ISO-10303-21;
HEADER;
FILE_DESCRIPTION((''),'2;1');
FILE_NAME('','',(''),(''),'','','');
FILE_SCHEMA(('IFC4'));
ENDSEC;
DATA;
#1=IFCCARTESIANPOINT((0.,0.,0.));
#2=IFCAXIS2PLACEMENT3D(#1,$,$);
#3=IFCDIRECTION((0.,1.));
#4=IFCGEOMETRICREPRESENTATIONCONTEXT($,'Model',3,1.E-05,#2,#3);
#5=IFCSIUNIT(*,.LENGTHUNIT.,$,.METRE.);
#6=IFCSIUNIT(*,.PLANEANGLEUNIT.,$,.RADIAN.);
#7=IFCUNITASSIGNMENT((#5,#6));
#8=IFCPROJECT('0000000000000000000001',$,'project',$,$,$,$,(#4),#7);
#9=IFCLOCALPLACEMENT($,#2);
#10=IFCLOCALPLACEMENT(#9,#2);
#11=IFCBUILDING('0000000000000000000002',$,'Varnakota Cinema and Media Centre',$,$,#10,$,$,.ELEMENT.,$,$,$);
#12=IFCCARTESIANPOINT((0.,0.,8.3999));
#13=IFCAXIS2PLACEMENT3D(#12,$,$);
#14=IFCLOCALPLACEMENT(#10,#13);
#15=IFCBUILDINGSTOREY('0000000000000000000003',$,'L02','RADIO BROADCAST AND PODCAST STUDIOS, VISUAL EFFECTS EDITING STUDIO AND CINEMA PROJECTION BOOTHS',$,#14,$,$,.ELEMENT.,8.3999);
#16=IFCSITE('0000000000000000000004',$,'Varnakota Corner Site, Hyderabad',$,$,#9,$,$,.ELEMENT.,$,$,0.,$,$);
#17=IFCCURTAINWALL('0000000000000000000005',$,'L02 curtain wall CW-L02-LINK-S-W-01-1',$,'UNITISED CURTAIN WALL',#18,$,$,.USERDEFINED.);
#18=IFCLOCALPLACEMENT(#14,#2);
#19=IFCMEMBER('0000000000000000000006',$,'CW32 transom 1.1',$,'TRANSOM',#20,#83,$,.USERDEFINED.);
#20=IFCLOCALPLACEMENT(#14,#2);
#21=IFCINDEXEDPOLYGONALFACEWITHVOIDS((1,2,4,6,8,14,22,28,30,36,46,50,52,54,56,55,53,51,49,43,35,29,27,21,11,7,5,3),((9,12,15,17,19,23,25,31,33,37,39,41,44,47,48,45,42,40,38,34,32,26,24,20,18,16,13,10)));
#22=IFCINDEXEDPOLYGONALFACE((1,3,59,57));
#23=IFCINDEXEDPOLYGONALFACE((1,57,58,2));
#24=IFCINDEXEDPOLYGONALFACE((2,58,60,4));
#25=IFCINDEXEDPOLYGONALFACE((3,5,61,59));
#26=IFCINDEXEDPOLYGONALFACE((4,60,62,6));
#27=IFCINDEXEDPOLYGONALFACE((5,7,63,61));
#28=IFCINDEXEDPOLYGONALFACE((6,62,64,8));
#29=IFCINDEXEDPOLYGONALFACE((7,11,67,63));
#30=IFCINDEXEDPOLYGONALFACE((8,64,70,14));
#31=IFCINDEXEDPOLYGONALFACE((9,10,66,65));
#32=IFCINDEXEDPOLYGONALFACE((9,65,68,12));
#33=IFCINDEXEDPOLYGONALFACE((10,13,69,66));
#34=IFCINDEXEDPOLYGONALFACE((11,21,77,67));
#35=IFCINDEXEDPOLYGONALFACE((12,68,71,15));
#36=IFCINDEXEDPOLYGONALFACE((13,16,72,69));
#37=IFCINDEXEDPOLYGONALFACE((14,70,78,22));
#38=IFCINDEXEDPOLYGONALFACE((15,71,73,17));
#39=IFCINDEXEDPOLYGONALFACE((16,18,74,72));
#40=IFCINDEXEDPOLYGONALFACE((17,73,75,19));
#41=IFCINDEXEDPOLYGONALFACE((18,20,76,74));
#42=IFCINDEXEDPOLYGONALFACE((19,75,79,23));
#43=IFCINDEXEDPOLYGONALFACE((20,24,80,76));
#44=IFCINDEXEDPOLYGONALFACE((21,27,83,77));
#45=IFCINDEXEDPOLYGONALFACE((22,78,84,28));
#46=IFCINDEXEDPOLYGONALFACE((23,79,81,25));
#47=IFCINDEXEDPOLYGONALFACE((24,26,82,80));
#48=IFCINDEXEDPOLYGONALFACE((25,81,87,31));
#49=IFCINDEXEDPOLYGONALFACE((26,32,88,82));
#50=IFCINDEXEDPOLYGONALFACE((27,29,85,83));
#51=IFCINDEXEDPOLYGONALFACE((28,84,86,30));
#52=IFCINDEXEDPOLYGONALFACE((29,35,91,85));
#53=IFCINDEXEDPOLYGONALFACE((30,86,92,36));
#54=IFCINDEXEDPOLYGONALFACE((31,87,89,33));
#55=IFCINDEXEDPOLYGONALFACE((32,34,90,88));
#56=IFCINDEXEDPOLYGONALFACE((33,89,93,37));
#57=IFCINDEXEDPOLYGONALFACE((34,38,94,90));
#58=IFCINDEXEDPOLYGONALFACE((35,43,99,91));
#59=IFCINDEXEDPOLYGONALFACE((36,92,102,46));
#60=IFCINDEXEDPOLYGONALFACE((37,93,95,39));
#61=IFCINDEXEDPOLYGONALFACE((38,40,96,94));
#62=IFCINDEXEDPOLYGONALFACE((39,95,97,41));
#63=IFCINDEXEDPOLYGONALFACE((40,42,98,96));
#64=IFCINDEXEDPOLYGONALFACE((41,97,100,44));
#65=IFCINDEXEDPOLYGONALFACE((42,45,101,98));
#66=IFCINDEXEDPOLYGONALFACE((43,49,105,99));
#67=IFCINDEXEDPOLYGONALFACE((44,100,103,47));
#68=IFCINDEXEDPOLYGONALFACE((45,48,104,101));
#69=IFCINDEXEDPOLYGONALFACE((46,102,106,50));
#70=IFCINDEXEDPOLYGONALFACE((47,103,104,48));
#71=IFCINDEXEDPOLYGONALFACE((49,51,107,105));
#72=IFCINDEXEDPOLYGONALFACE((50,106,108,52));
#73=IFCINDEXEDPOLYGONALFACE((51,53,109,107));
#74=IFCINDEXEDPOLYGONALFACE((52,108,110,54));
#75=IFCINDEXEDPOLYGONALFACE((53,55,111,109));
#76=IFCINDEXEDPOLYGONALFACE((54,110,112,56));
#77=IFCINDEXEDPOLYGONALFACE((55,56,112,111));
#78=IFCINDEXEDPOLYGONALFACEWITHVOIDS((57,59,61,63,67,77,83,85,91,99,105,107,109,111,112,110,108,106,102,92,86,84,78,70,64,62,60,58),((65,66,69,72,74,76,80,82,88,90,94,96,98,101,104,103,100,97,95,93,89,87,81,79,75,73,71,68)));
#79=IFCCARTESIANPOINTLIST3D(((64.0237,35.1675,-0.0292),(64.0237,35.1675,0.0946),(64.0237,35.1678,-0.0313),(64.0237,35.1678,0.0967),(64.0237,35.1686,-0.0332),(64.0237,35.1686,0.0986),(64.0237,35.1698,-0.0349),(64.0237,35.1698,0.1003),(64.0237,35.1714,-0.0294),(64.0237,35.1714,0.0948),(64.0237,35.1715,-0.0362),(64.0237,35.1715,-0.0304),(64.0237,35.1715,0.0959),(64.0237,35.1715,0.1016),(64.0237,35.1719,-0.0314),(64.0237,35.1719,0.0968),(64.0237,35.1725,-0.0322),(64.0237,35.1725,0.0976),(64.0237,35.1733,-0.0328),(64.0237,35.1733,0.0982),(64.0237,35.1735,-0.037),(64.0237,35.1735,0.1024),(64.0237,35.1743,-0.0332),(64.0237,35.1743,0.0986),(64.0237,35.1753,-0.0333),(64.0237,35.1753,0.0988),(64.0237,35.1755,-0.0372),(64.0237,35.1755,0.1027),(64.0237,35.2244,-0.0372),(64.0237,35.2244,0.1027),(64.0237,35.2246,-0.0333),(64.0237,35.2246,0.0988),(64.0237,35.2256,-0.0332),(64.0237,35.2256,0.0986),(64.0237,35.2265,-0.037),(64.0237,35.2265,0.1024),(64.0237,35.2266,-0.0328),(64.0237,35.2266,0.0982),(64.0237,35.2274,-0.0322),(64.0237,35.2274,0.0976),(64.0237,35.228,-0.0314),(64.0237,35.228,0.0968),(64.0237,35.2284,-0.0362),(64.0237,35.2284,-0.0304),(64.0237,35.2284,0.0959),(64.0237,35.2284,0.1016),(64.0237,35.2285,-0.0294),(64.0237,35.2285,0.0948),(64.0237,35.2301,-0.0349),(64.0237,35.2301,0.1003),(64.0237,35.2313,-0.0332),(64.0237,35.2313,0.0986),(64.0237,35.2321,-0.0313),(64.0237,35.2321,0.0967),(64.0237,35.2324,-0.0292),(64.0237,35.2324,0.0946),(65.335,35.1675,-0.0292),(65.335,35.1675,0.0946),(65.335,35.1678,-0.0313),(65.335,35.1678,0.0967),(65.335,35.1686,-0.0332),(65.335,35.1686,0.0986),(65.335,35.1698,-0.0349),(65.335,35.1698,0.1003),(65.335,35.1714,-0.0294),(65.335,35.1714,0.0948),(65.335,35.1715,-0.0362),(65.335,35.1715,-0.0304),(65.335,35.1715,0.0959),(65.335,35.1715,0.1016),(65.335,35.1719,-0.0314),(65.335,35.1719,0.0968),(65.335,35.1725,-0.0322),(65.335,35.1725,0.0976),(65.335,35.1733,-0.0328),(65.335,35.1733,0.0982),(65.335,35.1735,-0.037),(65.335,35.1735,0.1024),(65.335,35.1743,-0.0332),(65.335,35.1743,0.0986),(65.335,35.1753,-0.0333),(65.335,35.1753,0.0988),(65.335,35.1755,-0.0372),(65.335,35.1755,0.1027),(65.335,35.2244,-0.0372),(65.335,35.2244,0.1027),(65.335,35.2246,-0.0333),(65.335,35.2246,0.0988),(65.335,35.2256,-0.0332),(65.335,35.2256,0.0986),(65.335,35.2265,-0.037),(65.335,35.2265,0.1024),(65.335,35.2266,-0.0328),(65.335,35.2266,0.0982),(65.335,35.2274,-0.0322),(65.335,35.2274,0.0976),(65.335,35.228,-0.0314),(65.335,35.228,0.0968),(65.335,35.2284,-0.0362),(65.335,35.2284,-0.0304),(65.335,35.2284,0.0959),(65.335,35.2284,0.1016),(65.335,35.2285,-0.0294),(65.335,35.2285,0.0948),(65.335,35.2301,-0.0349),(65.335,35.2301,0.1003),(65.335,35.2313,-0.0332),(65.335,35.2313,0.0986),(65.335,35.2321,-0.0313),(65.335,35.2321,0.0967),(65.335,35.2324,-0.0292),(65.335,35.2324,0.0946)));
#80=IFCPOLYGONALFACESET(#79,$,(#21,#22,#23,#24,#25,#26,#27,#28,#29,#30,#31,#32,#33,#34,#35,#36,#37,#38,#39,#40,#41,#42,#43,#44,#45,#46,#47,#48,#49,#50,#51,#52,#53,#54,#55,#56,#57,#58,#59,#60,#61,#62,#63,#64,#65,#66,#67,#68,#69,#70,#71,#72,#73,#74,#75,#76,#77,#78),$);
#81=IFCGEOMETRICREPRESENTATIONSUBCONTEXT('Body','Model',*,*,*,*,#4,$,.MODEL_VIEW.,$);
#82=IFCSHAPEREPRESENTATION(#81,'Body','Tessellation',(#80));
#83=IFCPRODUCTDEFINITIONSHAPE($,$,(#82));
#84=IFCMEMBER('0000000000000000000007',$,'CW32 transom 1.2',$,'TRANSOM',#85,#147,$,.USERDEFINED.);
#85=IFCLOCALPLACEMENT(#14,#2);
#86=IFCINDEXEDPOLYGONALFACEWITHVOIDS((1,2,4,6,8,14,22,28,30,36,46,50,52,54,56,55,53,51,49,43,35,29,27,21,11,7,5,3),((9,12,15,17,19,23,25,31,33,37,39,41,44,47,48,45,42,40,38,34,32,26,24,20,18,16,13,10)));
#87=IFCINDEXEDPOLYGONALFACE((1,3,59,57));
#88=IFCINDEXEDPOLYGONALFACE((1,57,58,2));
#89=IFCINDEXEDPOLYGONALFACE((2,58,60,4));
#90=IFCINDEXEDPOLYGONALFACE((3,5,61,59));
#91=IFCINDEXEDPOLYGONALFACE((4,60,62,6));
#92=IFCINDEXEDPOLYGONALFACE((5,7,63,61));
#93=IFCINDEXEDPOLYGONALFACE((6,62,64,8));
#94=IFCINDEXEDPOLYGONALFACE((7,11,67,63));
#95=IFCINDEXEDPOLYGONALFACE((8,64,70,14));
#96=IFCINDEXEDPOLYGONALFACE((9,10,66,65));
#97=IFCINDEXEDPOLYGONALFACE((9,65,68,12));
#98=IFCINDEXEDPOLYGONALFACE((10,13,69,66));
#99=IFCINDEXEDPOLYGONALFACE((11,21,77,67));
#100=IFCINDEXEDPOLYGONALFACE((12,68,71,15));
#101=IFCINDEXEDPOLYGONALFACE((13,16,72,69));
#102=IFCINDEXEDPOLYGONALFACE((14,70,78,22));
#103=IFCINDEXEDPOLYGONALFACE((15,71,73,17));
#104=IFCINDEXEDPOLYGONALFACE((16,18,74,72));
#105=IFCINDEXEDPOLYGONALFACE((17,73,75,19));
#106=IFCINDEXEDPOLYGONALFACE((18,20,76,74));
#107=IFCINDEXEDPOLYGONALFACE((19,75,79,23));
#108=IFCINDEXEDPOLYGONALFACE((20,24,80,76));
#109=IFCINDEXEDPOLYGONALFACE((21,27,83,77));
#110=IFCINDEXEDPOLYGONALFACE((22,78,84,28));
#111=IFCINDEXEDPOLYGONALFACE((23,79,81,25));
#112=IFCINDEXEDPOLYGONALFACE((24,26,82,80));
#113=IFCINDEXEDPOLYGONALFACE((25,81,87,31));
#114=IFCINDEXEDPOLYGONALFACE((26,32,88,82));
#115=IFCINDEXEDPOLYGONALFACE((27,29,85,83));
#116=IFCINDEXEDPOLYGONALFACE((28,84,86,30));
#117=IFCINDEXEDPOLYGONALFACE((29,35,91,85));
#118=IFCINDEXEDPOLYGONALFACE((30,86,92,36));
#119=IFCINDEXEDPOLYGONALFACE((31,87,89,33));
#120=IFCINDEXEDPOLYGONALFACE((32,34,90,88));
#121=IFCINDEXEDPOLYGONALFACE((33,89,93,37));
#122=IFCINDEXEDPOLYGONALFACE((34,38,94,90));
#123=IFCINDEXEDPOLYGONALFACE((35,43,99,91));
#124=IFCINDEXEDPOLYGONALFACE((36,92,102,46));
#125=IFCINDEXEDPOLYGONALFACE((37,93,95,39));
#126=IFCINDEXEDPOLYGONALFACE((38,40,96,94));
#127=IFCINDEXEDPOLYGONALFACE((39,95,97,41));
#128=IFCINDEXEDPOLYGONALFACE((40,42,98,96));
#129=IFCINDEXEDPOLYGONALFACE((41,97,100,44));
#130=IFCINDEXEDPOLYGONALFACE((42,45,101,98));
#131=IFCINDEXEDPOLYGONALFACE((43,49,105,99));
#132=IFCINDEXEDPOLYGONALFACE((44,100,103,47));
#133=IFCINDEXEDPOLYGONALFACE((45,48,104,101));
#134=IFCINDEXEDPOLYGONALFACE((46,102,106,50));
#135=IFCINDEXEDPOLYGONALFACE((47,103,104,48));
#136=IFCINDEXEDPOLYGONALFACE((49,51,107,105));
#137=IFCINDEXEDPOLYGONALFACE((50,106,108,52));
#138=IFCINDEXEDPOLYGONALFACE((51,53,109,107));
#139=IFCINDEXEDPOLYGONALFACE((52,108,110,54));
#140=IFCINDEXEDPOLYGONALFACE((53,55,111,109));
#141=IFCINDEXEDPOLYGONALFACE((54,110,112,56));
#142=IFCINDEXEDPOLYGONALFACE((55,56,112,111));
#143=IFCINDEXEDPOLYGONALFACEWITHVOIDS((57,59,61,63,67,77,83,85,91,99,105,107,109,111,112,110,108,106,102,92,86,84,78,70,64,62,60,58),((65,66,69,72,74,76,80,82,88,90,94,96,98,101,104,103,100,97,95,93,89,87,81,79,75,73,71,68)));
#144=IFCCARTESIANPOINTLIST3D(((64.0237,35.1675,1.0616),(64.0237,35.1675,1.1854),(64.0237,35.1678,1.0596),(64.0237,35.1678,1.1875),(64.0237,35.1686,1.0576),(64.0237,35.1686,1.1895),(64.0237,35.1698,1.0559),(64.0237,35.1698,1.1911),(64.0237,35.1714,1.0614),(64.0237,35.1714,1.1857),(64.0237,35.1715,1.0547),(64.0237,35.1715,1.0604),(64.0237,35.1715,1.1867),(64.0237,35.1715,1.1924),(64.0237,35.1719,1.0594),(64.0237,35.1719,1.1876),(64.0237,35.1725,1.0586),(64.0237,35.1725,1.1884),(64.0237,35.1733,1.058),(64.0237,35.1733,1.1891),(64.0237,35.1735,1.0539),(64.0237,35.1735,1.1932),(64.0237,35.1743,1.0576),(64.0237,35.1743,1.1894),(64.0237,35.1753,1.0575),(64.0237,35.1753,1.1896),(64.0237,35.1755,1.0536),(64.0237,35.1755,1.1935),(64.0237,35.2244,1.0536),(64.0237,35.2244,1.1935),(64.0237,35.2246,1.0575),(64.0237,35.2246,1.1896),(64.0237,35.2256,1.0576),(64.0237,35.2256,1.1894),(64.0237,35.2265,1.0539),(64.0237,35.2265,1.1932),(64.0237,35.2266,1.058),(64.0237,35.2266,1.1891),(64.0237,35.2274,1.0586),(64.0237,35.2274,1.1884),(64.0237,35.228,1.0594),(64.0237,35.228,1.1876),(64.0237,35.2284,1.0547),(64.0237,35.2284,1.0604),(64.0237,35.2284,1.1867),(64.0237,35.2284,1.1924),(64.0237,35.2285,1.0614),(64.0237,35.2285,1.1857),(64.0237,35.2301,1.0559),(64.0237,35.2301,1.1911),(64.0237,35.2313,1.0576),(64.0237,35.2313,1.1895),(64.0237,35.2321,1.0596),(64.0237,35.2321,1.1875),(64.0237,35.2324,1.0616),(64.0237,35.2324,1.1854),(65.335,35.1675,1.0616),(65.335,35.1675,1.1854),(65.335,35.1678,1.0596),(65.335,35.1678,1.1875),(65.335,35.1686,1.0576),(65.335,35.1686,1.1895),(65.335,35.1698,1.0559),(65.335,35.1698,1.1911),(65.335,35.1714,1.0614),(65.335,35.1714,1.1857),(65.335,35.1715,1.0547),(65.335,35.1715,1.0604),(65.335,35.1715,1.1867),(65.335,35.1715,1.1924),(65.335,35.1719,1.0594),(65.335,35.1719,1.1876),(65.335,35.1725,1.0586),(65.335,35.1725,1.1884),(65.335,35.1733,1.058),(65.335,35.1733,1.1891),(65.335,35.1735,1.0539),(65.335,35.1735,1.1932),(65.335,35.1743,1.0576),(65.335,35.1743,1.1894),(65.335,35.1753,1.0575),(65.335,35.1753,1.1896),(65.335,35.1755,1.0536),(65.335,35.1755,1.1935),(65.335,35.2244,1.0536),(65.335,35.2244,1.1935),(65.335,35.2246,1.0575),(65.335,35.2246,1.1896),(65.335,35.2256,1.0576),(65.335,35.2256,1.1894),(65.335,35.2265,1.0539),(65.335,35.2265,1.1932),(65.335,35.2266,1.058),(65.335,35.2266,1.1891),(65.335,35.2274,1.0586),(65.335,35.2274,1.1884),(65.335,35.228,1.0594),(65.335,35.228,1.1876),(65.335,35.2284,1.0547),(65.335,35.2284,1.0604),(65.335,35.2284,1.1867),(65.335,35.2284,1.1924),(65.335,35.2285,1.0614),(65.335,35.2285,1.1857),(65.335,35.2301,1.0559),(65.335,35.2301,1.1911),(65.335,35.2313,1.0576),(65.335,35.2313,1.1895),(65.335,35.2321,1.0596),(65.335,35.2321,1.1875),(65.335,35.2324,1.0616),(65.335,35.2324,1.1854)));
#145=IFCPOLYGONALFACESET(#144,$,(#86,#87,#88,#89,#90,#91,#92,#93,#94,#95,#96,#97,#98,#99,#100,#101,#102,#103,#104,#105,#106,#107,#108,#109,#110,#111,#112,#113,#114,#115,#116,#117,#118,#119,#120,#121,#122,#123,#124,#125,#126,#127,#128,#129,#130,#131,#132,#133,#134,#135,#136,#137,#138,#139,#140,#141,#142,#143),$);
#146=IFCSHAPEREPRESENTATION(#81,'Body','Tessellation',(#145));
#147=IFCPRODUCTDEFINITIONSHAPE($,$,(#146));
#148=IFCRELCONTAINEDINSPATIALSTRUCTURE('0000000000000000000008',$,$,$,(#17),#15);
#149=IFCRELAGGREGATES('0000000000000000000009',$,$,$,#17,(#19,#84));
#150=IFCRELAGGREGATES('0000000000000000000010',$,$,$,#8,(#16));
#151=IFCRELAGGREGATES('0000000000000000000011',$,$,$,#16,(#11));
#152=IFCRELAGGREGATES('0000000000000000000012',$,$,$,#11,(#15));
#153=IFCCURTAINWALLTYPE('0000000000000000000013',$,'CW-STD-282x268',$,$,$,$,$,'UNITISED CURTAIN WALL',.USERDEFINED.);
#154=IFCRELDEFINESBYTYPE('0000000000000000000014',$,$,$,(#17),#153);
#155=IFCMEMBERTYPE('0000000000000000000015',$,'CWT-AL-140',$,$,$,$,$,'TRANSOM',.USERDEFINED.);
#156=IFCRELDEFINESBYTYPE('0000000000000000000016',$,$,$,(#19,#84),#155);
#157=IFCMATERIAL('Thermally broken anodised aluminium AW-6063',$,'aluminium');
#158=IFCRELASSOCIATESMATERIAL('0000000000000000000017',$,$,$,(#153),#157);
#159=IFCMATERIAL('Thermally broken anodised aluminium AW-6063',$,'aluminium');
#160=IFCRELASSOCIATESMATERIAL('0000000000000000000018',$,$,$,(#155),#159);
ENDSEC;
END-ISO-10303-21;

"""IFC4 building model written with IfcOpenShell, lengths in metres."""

from ifc_helpers import new_model, si_unit, direction, frame, origin, origin_2d, place, context, subcontext, project, spatial, hollow_rectangle, extrude, material, material_profile, profile_set, type_object, element, aggregate, save


model = new_model("IFC4")

# Units and contexts
model_context = context("Model", 3, precision=1e-05, world=origin(), true_north=direction((0.0, 1.0)))
body_context = subcontext(model_context, "Body", "Model", "MODEL_VIEW")
ifc_project = project(units=[si_unit("LENGTHUNIT", "METRE"), si_unit("PLANEANGLEUNIT", "RADIAN")], contexts=[model_context])

# Site, building, storey
site_placement = place(None, origin())
site = spatial("IfcSite", under=ifc_project, at=site_placement, Name="Varnakota Corner Site, Hyderabad", CompositionType="ELEMENT", RefElevation=0.0)
building_placement = place(site_placement, origin())
building = spatial("IfcBuilding", under=site, at=building_placement, Name="Varnakota Cinema and Media Centre", CompositionType="ELEMENT")
storey_placement = place(building_placement, frame((0.0, 0.0, 8.3999)))
storey = spatial("IfcBuildingStorey", under=building, at=storey_placement, Name="L02", Description="RADIO BROADCAST AND PODCAST STUDIOS, VISUAL EFFECTS EDITING STUDIO AND CINEMA PROJECTION BOOTHS", CompositionType="ELEMENT", Elevation=8.3999)

# Curtain wall, members
ifc_material_1 = material(Name="Thermally broken anodised aluminium AW-6063", Category="aluminium")
curtain_wall_type = type_object("IfcCurtainWallType", Name="CW-STD-282x268", ElementType="UNITISED CURTAIN WALL", PredefinedType="USERDEFINED", material=ifc_material_1)
curtain_wall_placement = place(storey_placement, origin())
curtain_wall = element("IfcCurtainWall", 1, at=curtain_wall_placement, inside=storey, type_object=curtain_wall_type, Name="L02 curtain wall CW-L02-LINK-S-W-01-1", ObjectType="UNITISED CURTAIN WALL", PredefinedType="USERDEFINED")
ifc_material_2 = material(Name="Thermally broken anodised aluminium AW-6063", Category="aluminium")
ifc_material_profile_1 = material_profile(ifc_material_2, hollow_rectangle(XDim=0.0649, YDim=0.1399, WallThickness=0.0039, InnerFilletRadius=0.0039, OuterFilletRadius=0.0081, at=origin_2d()), Name="AL-TRANSOM 140x65x4")
ifc_profile_set_1 = profile_set([ifc_material_profile_1], Name="Thermally broken anodised aluminium AW-6063")
member_type_1 = type_object("IfcMemberType", Name="CWT-AL-140", ElementType="TRANSOM", PredefinedType="USERDEFINED", material=ifc_profile_set_1)
member_1_placement = place(storey_placement, frame((65.335, 35.2, 0.0327), z_axis=(-1.0, 0.0, 0.0), x_axis=(0.0, -1.0, 0.0)))
member_1 = element("IfcMember", 2, at=member_1_placement, type_object=member_type_1, Name="CW32 transom 1.1", ObjectType="TRANSOM", PredefinedType="USERDEFINED", context=body_context, shape_type="SweptSolid", body=[
    extrude(hollow_rectangle(XDim=0.0649, YDim=0.1399, WallThickness=0.0039, InnerFilletRadius=0.0039, OuterFilletRadius=0.0081, at=origin_2d()), origin(), (0.0, 0.0, 1.0), 1.3113),
])
member_2_placement = place(storey_placement, frame((65.335, 35.2, 1.1235), z_axis=(-1.0, 0.0, 0.0), x_axis=(0.0, -1.0, 0.0)))
member_2 = element("IfcMember", 3, at=member_2_placement, type_object=member_type_1, Name="CW32 transom 1.2", ObjectType="TRANSOM", PredefinedType="USERDEFINED", context=body_context, shape_type="SweptSolid", body=[
    extrude(hollow_rectangle(XDim=0.0649, YDim=0.1399, WallThickness=0.0039, InnerFilletRadius=0.0039, OuterFilletRadius=0.0081, at=origin_2d()), origin(), (0.0, 0.0, 1.0), 1.3113),
])

aggregate(curtain_wall, [member_1, member_2])

save(model, "model.ifc")
